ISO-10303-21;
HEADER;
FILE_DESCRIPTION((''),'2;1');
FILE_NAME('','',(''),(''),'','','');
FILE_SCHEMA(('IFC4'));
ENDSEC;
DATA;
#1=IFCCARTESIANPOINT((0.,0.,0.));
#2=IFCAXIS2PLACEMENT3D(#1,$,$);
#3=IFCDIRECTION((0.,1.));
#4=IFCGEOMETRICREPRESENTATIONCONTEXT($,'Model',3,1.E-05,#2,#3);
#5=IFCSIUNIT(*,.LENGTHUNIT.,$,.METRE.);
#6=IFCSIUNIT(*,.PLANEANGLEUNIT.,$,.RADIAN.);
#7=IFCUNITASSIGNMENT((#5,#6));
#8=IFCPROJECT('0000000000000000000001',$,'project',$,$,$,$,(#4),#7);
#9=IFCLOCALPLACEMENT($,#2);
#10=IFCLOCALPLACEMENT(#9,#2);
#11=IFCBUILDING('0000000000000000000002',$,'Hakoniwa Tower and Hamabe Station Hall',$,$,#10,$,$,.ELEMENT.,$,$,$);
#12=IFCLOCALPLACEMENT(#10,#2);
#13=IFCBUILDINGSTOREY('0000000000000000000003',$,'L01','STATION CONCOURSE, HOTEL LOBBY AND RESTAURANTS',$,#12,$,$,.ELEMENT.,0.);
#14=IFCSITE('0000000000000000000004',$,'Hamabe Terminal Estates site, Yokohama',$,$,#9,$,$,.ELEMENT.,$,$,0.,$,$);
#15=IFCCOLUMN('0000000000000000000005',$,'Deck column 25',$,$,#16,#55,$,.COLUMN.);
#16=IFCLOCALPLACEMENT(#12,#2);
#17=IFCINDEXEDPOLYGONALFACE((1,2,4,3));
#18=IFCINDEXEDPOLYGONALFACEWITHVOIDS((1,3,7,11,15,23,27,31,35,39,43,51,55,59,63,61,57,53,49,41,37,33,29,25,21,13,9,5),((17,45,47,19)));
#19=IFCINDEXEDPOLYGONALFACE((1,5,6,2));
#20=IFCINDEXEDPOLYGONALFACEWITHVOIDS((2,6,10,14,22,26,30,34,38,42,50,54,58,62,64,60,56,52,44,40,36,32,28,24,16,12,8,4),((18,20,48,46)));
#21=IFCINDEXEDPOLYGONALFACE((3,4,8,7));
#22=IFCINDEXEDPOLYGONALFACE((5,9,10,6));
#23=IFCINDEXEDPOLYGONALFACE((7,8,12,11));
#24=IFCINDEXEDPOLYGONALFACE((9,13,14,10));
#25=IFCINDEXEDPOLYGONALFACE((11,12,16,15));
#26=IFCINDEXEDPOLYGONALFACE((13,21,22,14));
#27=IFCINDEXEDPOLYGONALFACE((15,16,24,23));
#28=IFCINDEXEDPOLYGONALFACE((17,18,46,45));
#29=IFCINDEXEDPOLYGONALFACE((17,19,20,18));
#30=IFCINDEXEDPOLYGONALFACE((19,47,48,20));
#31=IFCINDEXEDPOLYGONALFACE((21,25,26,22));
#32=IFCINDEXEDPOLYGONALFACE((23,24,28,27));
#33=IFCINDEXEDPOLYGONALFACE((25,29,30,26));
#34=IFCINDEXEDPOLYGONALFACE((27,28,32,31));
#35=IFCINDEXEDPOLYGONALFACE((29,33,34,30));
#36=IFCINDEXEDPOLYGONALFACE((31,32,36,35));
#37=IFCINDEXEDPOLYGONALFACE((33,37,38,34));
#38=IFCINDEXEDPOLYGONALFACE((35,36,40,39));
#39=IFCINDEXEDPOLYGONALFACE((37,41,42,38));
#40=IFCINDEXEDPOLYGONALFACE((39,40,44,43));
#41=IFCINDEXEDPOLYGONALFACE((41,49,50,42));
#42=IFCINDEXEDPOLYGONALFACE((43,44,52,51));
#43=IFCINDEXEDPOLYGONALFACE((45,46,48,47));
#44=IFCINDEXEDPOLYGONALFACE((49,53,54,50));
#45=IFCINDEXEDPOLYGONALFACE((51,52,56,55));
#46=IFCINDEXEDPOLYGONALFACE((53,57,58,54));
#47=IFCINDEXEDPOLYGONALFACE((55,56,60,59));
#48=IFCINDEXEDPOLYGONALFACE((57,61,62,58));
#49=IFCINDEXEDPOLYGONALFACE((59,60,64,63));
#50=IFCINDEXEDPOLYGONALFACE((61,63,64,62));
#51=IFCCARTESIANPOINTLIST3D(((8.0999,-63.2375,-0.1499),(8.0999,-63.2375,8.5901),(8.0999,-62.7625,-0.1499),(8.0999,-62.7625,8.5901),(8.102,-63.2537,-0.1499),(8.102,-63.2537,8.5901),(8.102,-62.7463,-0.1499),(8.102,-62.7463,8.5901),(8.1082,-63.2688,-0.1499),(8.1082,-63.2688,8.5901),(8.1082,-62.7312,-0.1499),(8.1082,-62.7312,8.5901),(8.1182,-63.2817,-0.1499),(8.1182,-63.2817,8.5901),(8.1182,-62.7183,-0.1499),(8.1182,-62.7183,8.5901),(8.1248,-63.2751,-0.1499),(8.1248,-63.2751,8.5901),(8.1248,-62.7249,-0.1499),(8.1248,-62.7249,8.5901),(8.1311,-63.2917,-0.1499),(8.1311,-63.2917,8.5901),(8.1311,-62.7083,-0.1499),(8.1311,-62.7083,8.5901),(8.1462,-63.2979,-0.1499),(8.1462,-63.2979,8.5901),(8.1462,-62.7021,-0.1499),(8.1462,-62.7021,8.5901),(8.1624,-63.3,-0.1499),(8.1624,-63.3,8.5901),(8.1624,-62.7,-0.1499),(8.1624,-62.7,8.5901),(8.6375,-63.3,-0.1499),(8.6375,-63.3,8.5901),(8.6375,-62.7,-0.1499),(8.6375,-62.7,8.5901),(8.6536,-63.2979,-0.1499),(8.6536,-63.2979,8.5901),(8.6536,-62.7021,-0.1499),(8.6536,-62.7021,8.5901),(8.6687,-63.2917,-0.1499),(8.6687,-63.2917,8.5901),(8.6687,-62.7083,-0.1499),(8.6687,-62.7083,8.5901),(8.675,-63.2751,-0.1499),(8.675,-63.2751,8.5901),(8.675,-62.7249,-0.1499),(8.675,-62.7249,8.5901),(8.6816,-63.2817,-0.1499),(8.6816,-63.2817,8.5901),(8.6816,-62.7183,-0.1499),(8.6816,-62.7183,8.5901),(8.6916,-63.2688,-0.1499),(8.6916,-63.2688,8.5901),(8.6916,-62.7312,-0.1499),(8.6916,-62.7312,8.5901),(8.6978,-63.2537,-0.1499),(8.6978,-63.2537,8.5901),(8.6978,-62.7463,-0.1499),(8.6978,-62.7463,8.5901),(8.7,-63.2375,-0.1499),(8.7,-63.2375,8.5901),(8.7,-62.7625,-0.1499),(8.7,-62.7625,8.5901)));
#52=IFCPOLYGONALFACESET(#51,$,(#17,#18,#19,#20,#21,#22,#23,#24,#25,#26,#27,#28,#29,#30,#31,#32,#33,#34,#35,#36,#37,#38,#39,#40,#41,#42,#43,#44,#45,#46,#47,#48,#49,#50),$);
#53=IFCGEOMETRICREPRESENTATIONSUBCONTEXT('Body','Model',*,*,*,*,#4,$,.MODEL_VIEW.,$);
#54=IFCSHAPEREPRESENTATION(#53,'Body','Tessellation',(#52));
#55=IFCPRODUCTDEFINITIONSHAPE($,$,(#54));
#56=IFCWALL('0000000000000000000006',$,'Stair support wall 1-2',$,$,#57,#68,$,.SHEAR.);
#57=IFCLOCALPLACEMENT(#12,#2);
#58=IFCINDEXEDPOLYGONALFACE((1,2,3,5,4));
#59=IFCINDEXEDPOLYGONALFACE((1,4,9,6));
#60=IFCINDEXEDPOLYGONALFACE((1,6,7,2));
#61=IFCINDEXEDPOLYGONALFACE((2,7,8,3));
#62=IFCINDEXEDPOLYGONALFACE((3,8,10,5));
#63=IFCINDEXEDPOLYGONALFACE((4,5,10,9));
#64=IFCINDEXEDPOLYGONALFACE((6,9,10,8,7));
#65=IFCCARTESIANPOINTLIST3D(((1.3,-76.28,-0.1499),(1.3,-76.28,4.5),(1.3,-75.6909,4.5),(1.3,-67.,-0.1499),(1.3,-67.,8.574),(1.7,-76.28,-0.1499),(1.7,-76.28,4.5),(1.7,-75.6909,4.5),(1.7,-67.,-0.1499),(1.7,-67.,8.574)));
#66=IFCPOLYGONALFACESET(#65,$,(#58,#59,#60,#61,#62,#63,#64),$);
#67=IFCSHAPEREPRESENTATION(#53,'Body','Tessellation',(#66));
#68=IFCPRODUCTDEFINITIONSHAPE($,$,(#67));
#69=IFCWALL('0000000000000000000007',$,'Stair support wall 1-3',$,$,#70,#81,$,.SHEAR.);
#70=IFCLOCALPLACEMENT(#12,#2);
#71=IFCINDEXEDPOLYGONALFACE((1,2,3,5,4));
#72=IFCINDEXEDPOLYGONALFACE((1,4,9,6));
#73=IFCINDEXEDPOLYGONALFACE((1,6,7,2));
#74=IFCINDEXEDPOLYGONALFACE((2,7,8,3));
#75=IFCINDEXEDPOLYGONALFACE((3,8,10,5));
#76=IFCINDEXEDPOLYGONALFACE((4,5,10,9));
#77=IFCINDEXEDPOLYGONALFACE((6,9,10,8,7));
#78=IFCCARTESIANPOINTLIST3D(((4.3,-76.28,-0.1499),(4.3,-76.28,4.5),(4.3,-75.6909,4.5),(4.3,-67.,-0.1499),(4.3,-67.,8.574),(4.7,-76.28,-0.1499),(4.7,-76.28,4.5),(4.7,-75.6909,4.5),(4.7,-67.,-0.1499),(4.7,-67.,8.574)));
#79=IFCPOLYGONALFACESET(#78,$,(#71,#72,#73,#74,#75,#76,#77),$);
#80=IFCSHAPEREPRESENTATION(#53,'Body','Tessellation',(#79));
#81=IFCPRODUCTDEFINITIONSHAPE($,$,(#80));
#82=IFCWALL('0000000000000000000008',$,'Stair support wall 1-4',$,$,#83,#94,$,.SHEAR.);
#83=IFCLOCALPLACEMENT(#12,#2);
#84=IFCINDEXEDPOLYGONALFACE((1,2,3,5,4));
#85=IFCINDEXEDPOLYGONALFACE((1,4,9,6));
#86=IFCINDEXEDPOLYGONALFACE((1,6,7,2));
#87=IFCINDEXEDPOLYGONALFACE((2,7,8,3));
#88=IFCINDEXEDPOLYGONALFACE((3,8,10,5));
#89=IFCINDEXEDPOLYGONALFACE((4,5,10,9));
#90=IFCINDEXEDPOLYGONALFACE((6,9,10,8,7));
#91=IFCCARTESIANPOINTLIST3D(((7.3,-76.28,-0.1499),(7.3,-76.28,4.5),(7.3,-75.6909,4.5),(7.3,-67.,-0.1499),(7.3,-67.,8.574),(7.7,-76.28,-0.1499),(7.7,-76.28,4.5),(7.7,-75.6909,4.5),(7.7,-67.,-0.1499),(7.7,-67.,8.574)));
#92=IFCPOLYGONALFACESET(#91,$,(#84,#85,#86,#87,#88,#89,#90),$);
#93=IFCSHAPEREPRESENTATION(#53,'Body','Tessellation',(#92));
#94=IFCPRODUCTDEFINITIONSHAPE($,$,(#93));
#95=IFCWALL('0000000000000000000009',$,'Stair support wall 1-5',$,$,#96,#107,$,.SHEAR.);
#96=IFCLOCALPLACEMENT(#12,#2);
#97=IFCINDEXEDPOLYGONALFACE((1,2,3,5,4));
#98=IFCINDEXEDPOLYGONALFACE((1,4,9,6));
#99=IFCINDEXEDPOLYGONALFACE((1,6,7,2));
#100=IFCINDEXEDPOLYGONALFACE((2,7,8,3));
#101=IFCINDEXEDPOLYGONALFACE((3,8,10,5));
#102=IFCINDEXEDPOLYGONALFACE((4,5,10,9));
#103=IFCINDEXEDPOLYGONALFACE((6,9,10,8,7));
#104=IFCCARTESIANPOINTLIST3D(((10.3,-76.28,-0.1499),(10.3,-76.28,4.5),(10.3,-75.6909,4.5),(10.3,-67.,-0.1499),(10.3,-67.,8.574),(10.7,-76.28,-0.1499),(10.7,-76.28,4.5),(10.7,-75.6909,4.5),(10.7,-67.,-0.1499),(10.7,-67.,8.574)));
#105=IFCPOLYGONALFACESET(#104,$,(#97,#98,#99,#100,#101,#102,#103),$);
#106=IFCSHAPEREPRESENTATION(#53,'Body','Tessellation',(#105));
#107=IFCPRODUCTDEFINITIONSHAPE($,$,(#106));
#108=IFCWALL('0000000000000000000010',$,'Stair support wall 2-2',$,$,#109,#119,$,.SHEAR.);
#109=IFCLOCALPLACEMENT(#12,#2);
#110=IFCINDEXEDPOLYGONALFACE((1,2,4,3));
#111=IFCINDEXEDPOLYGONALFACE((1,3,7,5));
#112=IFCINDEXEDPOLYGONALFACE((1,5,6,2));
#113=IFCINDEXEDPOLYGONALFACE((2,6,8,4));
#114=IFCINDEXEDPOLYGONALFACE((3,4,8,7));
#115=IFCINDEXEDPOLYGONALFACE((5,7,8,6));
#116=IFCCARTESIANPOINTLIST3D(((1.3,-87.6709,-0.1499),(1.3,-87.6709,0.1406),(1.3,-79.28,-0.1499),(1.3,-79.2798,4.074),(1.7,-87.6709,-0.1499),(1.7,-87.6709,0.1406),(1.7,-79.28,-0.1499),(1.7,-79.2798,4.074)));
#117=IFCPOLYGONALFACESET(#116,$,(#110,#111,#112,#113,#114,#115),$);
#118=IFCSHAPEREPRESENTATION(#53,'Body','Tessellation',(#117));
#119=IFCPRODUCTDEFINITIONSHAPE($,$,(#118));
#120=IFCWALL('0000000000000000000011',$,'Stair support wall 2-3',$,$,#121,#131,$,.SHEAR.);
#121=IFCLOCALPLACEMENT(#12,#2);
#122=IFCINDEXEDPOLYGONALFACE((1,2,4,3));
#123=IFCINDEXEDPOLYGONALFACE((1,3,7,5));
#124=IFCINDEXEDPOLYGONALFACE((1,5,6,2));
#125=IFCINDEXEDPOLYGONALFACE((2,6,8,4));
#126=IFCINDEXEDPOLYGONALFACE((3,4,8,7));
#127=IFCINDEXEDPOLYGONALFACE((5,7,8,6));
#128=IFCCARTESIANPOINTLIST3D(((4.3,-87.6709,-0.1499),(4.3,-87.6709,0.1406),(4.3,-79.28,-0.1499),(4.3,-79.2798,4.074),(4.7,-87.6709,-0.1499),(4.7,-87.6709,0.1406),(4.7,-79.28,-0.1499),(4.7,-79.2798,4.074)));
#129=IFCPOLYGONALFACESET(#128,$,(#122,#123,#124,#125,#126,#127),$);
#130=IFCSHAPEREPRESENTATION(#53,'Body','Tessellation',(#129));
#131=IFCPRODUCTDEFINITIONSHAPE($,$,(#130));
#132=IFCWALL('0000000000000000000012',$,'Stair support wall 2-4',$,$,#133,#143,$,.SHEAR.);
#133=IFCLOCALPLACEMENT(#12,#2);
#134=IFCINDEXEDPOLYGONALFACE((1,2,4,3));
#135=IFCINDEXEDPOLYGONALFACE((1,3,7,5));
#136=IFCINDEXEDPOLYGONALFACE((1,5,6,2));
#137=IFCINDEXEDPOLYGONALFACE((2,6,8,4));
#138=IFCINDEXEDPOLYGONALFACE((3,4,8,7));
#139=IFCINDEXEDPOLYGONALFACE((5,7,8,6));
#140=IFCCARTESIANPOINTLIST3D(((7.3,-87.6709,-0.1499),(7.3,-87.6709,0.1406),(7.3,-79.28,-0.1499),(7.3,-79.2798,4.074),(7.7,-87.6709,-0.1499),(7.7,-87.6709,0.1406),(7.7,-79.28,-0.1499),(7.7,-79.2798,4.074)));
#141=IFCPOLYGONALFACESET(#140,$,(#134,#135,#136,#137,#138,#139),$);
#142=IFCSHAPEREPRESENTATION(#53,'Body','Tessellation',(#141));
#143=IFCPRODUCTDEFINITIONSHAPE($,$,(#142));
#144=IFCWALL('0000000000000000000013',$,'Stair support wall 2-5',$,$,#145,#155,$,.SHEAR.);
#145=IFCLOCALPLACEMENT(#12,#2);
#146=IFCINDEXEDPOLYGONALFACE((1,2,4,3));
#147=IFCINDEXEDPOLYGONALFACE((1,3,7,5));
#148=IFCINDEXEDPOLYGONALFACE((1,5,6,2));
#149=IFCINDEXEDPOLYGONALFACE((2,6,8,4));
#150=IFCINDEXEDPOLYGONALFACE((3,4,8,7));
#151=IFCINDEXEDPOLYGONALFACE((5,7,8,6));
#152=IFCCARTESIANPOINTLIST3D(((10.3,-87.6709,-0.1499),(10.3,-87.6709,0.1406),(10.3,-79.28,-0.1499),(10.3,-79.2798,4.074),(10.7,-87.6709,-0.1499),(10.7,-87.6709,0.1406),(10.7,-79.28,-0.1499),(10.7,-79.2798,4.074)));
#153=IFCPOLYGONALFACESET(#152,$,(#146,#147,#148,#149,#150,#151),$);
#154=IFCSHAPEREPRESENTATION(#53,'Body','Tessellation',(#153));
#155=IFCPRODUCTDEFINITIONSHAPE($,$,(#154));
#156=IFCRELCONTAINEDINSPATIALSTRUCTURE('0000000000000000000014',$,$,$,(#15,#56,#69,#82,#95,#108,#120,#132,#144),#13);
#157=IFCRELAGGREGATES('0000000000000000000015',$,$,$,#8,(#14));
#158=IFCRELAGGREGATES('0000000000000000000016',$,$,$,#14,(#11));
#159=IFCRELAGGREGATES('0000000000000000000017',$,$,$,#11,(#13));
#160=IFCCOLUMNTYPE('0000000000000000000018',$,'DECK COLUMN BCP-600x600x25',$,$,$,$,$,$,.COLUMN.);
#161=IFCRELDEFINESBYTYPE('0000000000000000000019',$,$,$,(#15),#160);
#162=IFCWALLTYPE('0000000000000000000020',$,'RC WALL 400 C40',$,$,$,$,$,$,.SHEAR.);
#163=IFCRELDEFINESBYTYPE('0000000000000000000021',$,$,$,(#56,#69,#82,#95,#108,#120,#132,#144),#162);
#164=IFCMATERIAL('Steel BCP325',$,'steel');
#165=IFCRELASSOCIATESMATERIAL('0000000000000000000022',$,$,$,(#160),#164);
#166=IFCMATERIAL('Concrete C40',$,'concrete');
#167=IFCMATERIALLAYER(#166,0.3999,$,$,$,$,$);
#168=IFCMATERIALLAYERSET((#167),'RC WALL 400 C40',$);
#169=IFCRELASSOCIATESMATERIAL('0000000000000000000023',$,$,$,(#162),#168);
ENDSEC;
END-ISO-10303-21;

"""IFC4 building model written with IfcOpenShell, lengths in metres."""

from ifc_helpers import new_model, si_unit, direction, frame, origin, origin_2d, place, context, subcontext, project, spatial, polyline, hollow_rectangle, outline, extrude, material, layer, layer_set, material_profile, profile_set, type_object, element, save


model = new_model("IFC4")

# Units and contexts
model_context = context("Model", 3, precision=1e-05, world=origin(), true_north=direction((0.0, 1.0)))
body_context = subcontext(model_context, "Body", "Model", "MODEL_VIEW")
ifc_project = project(units=[si_unit("LENGTHUNIT", "METRE"), si_unit("PLANEANGLEUNIT", "RADIAN")], contexts=[model_context])

# Site, building, storey
site_placement = place(None, origin())
site = spatial("IfcSite", under=ifc_project, at=site_placement, Name="Hamabe Terminal Estates site, Yokohama", CompositionType="ELEMENT", RefElevation=0.0)
building_placement = place(site_placement, origin())
building = spatial("IfcBuilding", under=site, at=building_placement, Name="Hakoniwa Tower and Hamabe Station Hall", CompositionType="ELEMENT")
storey_placement = place(building_placement, origin())
storey = spatial("IfcBuildingStorey", under=building, at=storey_placement, Name="L01", Description="STATION CONCOURSE, HOTEL LOBBY AND RESTAURANTS", CompositionType="ELEMENT", Elevation=0.0)

# Column
ifc_material_1 = material(Name="Steel BCP325", Category="steel")
ifc_material_profile_1 = material_profile(ifc_material_1, hollow_rectangle(XDim=0.6001, YDim=0.6001, WallThickness=0.0249, OuterFilletRadius=0.0625, at=origin_2d()), Name="DECK COLUMN BCP-600x600x25")
ifc_profile_set_1 = profile_set([ifc_material_profile_1], Name="Steel BCP325")
column_type = type_object("IfcColumnType", Name="DECK COLUMN BCP-600x600x25", PredefinedType="COLUMN", material=ifc_profile_set_1)
column_placement = place(storey_placement, frame((8.3999, -63.0, -0.1499), z_axis=(0.0, 0.0, 1.0), x_axis=(1.0, 0.0, 0.0)))
element("IfcColumn", 1, at=column_placement, inside=storey, type_object=column_type, Name="Deck column 25", PredefinedType="COLUMN", context=body_context, shape_type="SweptSolid", body=[
    extrude(hollow_rectangle(XDim=0.6001, YDim=0.6001, WallThickness=0.0249, OuterFilletRadius=0.0625, at=origin_2d()), origin(), (0.0, 0.0, 1.0), 8.74),
])

# Walls
ifc_material_2 = material(Name="Concrete C40", Category="concrete")
ifc_layer = layer(ifc_material_2, 0.3999)
ifc_layer_set = layer_set([ifc_layer], Name="RC WALL 400 C40")
wall_type = type_object("IfcWallType", Name="RC WALL 400 C40", PredefinedType="SHEAR", material=ifc_layer_set)
for number, where, z_axis, x_axis, name in (
    (2, (1.5, -76.28, -0.1499), (0.0, 0.0, 1.0), (0.0, 1.0, 0.0), "Stair support wall 1-2"),
    (3, (4.5, -76.28, -0.1499), (0.0, 0.0, 1.0), (0.0, 1.0, 0.0), "Stair support wall 1-3"),
    (4, (7.5, -76.28, -0.1499), (0.0, 0.0, 1.0), (0.0, 1.0, 0.0), "Stair support wall 1-4"),
    (5, (10.5, -76.28, -0.1499), (0.0, 0.0, 1.0), (0.0, 1.0, 0.0), "Stair support wall 1-5"),
):
    element("IfcWall", number, at=place(storey_placement, frame(where, z_axis=z_axis, x_axis=x_axis)), inside=storey, type_object=wall_type, Name=name, PredefinedType="SHEAR", context=body_context, shape_type="SweptSolid", body=[
        extrude(outline(polyline([(0.0, 0.0), (9.28, 0.0), (9.28, 8.7239), (0.5891, 4.6499), (0.0, 4.6499), (0.0, 0.0)])), frame((0.0, 0.2, 0.0), z_axis=(0.0, -1.0, 0.0), x_axis=(1.0, 0.0, 0.0)), (0.0, 0.0, 1.0), 0.3999),
    ])
for number, where, z_axis, x_axis, name in (
    (6, (1.5, -87.6709, -0.1499), (0.0, 0.0, 1.0), (0.0, 1.0, 0.0), "Stair support wall 2-2"),
    (7, (4.5, -87.6709, -0.1499), (0.0, 0.0, 1.0), (0.0, 1.0, 0.0), "Stair support wall 2-3"),
    (8, (7.5, -87.6709, -0.1499), (0.0, 0.0, 1.0), (0.0, 1.0, 0.0), "Stair support wall 2-4"),
    (9, (10.5, -87.6709, -0.1499), (0.0, 0.0, 1.0), (0.0, 1.0, 0.0), "Stair support wall 2-5"),
):
    element("IfcWall", number, at=place(storey_placement, frame(where, z_axis=z_axis, x_axis=x_axis)), inside=storey, type_object=wall_type, Name=name, PredefinedType="SHEAR", context=body_context, shape_type="SweptSolid", body=[
        extrude(outline(polyline([(0.0, 0.0), (8.3909, 0.0), (8.3911, 4.2239), (0.0, 0.2905), (0.0, 0.0)])), frame((0.0, 0.2, 0.0), z_axis=(0.0, -1.0, 0.0), x_axis=(1.0, 0.0, 0.0)), (0.0, 0.0, 1.0), 0.3999),
    ])

save(model, "model.ifc")
